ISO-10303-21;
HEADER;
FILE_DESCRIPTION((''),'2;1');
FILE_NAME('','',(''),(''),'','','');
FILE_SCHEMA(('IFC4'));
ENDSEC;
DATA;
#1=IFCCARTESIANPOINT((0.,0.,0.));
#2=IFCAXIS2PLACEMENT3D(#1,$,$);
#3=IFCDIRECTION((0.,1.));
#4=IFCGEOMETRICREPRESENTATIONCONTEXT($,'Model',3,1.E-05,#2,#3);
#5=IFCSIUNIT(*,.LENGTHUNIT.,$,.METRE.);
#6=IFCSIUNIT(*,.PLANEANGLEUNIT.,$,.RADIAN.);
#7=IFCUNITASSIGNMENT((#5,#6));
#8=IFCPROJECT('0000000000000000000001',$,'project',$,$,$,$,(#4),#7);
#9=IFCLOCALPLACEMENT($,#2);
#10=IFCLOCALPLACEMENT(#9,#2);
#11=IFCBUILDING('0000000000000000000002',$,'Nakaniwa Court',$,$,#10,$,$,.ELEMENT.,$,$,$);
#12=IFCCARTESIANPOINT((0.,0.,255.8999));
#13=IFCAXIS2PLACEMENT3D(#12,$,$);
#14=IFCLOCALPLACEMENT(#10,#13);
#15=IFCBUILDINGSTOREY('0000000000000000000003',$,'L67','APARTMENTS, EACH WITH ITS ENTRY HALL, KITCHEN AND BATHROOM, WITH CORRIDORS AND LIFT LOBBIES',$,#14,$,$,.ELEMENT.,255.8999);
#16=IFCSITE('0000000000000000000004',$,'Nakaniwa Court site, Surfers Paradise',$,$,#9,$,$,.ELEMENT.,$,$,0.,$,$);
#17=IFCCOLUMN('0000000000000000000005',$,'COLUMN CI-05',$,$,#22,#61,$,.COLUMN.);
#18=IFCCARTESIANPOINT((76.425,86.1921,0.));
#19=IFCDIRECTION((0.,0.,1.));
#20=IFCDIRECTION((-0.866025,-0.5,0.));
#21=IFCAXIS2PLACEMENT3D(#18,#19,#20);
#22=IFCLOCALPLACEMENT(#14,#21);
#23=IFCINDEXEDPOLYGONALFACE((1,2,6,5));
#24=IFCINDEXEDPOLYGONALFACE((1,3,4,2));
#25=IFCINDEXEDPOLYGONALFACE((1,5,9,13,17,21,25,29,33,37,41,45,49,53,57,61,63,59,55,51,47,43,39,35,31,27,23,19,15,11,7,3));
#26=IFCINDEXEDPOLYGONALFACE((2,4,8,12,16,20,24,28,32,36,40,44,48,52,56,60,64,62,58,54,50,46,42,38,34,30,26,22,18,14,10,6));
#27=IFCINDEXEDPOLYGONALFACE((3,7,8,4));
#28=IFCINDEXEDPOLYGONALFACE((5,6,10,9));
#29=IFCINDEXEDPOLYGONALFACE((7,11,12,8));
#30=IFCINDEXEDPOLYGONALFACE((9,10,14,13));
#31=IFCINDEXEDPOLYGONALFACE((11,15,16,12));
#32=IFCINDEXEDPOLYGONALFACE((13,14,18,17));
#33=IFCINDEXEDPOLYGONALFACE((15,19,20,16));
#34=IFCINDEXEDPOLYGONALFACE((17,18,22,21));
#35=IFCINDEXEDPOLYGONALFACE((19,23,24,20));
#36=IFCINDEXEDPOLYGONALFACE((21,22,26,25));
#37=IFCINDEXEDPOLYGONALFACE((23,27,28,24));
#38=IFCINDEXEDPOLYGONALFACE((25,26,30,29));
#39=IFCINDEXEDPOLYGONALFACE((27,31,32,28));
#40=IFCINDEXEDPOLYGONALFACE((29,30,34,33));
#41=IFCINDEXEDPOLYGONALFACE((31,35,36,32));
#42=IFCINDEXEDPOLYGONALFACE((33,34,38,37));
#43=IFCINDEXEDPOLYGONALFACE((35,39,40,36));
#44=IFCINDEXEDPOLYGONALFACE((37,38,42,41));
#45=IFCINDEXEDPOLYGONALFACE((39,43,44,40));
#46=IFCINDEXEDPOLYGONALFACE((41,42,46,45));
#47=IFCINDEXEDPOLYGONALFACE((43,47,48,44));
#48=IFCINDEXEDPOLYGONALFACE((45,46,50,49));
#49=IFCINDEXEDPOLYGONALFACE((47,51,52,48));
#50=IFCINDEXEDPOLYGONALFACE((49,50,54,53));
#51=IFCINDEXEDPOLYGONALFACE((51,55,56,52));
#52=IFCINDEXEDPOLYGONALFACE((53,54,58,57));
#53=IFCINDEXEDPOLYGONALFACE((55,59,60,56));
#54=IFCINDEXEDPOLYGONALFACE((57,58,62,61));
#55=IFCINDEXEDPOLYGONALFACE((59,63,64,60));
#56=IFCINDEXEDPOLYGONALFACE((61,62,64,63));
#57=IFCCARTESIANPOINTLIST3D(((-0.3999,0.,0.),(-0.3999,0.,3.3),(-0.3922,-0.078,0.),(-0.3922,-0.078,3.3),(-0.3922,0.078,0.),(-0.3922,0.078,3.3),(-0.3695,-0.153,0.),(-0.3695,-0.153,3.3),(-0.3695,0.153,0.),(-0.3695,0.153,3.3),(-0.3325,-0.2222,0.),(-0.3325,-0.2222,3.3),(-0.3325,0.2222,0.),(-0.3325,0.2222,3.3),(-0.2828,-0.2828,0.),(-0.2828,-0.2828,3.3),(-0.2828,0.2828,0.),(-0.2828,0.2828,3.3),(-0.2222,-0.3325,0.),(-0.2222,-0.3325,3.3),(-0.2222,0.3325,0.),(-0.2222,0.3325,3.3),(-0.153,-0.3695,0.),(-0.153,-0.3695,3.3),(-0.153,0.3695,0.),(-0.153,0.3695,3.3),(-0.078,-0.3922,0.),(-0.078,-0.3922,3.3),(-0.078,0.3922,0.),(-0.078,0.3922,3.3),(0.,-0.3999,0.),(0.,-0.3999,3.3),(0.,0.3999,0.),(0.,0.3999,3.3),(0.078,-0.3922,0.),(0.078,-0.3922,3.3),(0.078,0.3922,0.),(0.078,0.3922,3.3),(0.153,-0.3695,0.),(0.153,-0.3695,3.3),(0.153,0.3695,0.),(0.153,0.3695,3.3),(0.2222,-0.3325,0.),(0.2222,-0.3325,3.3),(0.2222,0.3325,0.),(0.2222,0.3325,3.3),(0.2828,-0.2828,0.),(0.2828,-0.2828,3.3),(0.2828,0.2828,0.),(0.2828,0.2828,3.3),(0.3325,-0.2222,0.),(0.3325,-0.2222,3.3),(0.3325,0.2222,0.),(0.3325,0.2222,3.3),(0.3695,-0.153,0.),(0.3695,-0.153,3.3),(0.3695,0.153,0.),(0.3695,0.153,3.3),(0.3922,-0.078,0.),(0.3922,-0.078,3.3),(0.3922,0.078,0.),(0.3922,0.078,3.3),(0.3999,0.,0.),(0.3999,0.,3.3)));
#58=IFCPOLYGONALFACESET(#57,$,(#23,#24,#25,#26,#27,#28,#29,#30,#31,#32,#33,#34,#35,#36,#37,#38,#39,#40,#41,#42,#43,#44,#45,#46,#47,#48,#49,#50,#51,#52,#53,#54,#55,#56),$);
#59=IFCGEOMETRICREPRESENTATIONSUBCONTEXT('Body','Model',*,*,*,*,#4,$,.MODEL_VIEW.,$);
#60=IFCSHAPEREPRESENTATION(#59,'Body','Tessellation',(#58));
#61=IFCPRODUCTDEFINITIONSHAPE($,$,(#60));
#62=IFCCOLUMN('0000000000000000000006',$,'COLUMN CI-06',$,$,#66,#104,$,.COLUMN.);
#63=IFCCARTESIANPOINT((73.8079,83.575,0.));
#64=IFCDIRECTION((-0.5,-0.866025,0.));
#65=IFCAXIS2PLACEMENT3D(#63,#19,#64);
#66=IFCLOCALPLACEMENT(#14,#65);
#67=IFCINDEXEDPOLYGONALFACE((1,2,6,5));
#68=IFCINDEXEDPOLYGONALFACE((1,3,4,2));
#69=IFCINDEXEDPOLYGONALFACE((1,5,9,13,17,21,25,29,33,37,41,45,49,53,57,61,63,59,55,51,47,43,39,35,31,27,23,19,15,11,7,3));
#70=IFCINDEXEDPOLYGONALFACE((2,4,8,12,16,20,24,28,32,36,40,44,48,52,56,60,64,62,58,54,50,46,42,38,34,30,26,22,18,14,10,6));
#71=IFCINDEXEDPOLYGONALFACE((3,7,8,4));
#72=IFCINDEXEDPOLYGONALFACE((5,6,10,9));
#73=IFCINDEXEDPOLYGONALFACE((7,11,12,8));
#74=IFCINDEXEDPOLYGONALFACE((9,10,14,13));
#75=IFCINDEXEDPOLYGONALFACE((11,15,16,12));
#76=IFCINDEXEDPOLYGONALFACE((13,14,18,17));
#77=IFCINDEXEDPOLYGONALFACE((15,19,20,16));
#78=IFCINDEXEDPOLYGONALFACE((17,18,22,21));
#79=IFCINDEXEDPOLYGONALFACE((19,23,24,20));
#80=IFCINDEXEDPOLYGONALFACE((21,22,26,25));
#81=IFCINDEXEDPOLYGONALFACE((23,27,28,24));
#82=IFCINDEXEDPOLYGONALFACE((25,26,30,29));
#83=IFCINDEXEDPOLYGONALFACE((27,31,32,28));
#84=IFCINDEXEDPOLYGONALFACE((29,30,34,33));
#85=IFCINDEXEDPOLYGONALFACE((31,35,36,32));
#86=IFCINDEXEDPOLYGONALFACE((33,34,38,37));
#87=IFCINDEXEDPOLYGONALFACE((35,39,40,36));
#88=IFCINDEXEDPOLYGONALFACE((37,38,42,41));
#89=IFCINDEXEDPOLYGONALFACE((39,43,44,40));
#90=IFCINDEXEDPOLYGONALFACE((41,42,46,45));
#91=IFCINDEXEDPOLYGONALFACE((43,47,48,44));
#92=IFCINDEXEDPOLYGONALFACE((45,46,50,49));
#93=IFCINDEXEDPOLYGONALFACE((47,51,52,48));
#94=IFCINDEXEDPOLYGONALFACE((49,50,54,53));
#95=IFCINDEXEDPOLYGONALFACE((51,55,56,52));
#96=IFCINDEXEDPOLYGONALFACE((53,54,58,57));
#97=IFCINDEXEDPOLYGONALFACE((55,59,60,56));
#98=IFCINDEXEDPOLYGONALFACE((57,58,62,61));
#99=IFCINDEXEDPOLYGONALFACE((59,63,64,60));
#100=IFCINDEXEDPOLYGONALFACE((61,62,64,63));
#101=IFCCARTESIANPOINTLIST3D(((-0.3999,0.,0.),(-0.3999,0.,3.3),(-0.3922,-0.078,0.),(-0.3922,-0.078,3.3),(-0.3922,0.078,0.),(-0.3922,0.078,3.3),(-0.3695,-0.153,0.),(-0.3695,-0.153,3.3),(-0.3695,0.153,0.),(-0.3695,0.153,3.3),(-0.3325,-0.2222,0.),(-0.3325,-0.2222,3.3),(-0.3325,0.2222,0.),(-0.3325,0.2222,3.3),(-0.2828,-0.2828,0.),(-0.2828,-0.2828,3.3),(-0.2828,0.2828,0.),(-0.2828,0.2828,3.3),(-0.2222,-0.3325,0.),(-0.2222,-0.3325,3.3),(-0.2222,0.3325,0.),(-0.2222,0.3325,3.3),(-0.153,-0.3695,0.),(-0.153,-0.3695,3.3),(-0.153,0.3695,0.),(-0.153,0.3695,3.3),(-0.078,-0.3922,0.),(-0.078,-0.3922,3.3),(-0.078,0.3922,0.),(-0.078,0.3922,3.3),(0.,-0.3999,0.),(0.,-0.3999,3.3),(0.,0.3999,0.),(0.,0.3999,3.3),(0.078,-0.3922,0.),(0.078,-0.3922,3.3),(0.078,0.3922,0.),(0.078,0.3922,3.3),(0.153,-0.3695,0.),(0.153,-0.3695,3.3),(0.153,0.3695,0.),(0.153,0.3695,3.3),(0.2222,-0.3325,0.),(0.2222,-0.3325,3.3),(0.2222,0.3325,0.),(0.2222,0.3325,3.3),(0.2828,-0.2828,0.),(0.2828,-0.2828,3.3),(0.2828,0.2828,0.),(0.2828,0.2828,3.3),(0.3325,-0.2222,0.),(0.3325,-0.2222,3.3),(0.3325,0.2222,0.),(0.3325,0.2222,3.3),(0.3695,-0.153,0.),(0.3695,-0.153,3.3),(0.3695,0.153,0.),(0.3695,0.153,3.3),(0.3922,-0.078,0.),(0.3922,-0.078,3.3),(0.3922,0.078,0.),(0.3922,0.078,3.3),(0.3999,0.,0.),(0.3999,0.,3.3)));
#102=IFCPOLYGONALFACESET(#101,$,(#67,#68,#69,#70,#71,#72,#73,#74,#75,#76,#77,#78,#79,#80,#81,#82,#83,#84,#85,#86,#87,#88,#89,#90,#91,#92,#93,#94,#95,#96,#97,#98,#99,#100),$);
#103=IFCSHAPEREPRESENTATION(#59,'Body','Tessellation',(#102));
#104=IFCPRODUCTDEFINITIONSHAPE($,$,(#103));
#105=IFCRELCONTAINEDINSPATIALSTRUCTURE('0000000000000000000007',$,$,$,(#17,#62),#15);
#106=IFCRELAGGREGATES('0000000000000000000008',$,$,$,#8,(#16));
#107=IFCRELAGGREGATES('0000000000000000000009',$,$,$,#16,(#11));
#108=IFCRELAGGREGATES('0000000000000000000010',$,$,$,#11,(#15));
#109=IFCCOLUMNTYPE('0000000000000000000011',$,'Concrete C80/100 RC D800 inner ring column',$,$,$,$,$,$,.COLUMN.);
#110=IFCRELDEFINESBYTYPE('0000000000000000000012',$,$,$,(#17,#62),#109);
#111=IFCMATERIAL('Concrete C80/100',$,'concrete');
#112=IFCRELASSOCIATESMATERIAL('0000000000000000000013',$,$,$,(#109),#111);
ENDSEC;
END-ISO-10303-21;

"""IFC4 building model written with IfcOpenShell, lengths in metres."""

from ifc_helpers import new_model, si_unit, direction, frame, origin, origin_2d, place, context, subcontext, project, spatial, circle, extrude, material, material_profile, profile_set, type_object, element, save


model = new_model("IFC4")

# Units and contexts
model_context = context("Model", 3, precision=1e-05, world=origin(), true_north=direction((0.0, 1.0)))
body_context = subcontext(model_context, "Body", "Model", "MODEL_VIEW")
ifc_project = project(units=[si_unit("LENGTHUNIT", "METRE"), si_unit("PLANEANGLEUNIT", "RADIAN")], contexts=[model_context])

# Site, building, storey
site_placement = place(None, origin())
site = spatial("IfcSite", under=ifc_project, at=site_placement, Name="Nakaniwa Court site, Surfers Paradise", CompositionType="ELEMENT", RefElevation=0.0)
building_placement = place(site_placement, origin())
building = spatial("IfcBuilding", under=site, at=building_placement, Name="Nakaniwa Court", CompositionType="ELEMENT")
storey_placement = place(building_placement, frame((0.0, 0.0, 255.8999)))
storey = spatial("IfcBuildingStorey", under=building, at=storey_placement, Name="L67", Description="APARTMENTS, EACH WITH ITS ENTRY HALL, KITCHEN AND BATHROOM, WITH CORRIDORS AND LIFT LOBBIES", CompositionType="ELEMENT", Elevation=255.8999)

# Columns
ifc_material_1 = material(Name="Concrete C80/100", Category="concrete")
ifc_material_profile_1 = material_profile(ifc_material_1, circle(Radius=0.3999, at=origin_2d()), Name="Concrete C80/100 RC D800 inner ring column")
ifc_profile_set_1 = profile_set([ifc_material_profile_1], Name="Concrete C80/100")
column_type_1 = type_object("IfcColumnType", Name="Concrete C80/100 RC D800 inner ring column", PredefinedType="COLUMN", material=ifc_profile_set_1)
for number, where, z_axis, x_axis, name in (
    (1, (76.425, 86.1921, 0.0), (0.0, 0.0, 1.0), (-0.866025, -0.5, 0.0), "COLUMN CI-05"),
    (2, (73.8079, 83.575, 0.0), (0.0, 0.0, 1.0), (-0.5, -0.866025, 0.0), "COLUMN CI-06"),
):
    element("IfcColumn", number, at=place(storey_placement, frame(where, z_axis=z_axis, x_axis=x_axis)), inside=storey, type_object=column_type_1, Name=name, PredefinedType="COLUMN", context=body_context, shape_type="SweptSolid", body=[
        extrude(circle(Radius=0.3999, at=origin_2d()), origin(), (0.0, 0.0, 1.0), 3.3),
    ])

save(model, "model.ifc")
